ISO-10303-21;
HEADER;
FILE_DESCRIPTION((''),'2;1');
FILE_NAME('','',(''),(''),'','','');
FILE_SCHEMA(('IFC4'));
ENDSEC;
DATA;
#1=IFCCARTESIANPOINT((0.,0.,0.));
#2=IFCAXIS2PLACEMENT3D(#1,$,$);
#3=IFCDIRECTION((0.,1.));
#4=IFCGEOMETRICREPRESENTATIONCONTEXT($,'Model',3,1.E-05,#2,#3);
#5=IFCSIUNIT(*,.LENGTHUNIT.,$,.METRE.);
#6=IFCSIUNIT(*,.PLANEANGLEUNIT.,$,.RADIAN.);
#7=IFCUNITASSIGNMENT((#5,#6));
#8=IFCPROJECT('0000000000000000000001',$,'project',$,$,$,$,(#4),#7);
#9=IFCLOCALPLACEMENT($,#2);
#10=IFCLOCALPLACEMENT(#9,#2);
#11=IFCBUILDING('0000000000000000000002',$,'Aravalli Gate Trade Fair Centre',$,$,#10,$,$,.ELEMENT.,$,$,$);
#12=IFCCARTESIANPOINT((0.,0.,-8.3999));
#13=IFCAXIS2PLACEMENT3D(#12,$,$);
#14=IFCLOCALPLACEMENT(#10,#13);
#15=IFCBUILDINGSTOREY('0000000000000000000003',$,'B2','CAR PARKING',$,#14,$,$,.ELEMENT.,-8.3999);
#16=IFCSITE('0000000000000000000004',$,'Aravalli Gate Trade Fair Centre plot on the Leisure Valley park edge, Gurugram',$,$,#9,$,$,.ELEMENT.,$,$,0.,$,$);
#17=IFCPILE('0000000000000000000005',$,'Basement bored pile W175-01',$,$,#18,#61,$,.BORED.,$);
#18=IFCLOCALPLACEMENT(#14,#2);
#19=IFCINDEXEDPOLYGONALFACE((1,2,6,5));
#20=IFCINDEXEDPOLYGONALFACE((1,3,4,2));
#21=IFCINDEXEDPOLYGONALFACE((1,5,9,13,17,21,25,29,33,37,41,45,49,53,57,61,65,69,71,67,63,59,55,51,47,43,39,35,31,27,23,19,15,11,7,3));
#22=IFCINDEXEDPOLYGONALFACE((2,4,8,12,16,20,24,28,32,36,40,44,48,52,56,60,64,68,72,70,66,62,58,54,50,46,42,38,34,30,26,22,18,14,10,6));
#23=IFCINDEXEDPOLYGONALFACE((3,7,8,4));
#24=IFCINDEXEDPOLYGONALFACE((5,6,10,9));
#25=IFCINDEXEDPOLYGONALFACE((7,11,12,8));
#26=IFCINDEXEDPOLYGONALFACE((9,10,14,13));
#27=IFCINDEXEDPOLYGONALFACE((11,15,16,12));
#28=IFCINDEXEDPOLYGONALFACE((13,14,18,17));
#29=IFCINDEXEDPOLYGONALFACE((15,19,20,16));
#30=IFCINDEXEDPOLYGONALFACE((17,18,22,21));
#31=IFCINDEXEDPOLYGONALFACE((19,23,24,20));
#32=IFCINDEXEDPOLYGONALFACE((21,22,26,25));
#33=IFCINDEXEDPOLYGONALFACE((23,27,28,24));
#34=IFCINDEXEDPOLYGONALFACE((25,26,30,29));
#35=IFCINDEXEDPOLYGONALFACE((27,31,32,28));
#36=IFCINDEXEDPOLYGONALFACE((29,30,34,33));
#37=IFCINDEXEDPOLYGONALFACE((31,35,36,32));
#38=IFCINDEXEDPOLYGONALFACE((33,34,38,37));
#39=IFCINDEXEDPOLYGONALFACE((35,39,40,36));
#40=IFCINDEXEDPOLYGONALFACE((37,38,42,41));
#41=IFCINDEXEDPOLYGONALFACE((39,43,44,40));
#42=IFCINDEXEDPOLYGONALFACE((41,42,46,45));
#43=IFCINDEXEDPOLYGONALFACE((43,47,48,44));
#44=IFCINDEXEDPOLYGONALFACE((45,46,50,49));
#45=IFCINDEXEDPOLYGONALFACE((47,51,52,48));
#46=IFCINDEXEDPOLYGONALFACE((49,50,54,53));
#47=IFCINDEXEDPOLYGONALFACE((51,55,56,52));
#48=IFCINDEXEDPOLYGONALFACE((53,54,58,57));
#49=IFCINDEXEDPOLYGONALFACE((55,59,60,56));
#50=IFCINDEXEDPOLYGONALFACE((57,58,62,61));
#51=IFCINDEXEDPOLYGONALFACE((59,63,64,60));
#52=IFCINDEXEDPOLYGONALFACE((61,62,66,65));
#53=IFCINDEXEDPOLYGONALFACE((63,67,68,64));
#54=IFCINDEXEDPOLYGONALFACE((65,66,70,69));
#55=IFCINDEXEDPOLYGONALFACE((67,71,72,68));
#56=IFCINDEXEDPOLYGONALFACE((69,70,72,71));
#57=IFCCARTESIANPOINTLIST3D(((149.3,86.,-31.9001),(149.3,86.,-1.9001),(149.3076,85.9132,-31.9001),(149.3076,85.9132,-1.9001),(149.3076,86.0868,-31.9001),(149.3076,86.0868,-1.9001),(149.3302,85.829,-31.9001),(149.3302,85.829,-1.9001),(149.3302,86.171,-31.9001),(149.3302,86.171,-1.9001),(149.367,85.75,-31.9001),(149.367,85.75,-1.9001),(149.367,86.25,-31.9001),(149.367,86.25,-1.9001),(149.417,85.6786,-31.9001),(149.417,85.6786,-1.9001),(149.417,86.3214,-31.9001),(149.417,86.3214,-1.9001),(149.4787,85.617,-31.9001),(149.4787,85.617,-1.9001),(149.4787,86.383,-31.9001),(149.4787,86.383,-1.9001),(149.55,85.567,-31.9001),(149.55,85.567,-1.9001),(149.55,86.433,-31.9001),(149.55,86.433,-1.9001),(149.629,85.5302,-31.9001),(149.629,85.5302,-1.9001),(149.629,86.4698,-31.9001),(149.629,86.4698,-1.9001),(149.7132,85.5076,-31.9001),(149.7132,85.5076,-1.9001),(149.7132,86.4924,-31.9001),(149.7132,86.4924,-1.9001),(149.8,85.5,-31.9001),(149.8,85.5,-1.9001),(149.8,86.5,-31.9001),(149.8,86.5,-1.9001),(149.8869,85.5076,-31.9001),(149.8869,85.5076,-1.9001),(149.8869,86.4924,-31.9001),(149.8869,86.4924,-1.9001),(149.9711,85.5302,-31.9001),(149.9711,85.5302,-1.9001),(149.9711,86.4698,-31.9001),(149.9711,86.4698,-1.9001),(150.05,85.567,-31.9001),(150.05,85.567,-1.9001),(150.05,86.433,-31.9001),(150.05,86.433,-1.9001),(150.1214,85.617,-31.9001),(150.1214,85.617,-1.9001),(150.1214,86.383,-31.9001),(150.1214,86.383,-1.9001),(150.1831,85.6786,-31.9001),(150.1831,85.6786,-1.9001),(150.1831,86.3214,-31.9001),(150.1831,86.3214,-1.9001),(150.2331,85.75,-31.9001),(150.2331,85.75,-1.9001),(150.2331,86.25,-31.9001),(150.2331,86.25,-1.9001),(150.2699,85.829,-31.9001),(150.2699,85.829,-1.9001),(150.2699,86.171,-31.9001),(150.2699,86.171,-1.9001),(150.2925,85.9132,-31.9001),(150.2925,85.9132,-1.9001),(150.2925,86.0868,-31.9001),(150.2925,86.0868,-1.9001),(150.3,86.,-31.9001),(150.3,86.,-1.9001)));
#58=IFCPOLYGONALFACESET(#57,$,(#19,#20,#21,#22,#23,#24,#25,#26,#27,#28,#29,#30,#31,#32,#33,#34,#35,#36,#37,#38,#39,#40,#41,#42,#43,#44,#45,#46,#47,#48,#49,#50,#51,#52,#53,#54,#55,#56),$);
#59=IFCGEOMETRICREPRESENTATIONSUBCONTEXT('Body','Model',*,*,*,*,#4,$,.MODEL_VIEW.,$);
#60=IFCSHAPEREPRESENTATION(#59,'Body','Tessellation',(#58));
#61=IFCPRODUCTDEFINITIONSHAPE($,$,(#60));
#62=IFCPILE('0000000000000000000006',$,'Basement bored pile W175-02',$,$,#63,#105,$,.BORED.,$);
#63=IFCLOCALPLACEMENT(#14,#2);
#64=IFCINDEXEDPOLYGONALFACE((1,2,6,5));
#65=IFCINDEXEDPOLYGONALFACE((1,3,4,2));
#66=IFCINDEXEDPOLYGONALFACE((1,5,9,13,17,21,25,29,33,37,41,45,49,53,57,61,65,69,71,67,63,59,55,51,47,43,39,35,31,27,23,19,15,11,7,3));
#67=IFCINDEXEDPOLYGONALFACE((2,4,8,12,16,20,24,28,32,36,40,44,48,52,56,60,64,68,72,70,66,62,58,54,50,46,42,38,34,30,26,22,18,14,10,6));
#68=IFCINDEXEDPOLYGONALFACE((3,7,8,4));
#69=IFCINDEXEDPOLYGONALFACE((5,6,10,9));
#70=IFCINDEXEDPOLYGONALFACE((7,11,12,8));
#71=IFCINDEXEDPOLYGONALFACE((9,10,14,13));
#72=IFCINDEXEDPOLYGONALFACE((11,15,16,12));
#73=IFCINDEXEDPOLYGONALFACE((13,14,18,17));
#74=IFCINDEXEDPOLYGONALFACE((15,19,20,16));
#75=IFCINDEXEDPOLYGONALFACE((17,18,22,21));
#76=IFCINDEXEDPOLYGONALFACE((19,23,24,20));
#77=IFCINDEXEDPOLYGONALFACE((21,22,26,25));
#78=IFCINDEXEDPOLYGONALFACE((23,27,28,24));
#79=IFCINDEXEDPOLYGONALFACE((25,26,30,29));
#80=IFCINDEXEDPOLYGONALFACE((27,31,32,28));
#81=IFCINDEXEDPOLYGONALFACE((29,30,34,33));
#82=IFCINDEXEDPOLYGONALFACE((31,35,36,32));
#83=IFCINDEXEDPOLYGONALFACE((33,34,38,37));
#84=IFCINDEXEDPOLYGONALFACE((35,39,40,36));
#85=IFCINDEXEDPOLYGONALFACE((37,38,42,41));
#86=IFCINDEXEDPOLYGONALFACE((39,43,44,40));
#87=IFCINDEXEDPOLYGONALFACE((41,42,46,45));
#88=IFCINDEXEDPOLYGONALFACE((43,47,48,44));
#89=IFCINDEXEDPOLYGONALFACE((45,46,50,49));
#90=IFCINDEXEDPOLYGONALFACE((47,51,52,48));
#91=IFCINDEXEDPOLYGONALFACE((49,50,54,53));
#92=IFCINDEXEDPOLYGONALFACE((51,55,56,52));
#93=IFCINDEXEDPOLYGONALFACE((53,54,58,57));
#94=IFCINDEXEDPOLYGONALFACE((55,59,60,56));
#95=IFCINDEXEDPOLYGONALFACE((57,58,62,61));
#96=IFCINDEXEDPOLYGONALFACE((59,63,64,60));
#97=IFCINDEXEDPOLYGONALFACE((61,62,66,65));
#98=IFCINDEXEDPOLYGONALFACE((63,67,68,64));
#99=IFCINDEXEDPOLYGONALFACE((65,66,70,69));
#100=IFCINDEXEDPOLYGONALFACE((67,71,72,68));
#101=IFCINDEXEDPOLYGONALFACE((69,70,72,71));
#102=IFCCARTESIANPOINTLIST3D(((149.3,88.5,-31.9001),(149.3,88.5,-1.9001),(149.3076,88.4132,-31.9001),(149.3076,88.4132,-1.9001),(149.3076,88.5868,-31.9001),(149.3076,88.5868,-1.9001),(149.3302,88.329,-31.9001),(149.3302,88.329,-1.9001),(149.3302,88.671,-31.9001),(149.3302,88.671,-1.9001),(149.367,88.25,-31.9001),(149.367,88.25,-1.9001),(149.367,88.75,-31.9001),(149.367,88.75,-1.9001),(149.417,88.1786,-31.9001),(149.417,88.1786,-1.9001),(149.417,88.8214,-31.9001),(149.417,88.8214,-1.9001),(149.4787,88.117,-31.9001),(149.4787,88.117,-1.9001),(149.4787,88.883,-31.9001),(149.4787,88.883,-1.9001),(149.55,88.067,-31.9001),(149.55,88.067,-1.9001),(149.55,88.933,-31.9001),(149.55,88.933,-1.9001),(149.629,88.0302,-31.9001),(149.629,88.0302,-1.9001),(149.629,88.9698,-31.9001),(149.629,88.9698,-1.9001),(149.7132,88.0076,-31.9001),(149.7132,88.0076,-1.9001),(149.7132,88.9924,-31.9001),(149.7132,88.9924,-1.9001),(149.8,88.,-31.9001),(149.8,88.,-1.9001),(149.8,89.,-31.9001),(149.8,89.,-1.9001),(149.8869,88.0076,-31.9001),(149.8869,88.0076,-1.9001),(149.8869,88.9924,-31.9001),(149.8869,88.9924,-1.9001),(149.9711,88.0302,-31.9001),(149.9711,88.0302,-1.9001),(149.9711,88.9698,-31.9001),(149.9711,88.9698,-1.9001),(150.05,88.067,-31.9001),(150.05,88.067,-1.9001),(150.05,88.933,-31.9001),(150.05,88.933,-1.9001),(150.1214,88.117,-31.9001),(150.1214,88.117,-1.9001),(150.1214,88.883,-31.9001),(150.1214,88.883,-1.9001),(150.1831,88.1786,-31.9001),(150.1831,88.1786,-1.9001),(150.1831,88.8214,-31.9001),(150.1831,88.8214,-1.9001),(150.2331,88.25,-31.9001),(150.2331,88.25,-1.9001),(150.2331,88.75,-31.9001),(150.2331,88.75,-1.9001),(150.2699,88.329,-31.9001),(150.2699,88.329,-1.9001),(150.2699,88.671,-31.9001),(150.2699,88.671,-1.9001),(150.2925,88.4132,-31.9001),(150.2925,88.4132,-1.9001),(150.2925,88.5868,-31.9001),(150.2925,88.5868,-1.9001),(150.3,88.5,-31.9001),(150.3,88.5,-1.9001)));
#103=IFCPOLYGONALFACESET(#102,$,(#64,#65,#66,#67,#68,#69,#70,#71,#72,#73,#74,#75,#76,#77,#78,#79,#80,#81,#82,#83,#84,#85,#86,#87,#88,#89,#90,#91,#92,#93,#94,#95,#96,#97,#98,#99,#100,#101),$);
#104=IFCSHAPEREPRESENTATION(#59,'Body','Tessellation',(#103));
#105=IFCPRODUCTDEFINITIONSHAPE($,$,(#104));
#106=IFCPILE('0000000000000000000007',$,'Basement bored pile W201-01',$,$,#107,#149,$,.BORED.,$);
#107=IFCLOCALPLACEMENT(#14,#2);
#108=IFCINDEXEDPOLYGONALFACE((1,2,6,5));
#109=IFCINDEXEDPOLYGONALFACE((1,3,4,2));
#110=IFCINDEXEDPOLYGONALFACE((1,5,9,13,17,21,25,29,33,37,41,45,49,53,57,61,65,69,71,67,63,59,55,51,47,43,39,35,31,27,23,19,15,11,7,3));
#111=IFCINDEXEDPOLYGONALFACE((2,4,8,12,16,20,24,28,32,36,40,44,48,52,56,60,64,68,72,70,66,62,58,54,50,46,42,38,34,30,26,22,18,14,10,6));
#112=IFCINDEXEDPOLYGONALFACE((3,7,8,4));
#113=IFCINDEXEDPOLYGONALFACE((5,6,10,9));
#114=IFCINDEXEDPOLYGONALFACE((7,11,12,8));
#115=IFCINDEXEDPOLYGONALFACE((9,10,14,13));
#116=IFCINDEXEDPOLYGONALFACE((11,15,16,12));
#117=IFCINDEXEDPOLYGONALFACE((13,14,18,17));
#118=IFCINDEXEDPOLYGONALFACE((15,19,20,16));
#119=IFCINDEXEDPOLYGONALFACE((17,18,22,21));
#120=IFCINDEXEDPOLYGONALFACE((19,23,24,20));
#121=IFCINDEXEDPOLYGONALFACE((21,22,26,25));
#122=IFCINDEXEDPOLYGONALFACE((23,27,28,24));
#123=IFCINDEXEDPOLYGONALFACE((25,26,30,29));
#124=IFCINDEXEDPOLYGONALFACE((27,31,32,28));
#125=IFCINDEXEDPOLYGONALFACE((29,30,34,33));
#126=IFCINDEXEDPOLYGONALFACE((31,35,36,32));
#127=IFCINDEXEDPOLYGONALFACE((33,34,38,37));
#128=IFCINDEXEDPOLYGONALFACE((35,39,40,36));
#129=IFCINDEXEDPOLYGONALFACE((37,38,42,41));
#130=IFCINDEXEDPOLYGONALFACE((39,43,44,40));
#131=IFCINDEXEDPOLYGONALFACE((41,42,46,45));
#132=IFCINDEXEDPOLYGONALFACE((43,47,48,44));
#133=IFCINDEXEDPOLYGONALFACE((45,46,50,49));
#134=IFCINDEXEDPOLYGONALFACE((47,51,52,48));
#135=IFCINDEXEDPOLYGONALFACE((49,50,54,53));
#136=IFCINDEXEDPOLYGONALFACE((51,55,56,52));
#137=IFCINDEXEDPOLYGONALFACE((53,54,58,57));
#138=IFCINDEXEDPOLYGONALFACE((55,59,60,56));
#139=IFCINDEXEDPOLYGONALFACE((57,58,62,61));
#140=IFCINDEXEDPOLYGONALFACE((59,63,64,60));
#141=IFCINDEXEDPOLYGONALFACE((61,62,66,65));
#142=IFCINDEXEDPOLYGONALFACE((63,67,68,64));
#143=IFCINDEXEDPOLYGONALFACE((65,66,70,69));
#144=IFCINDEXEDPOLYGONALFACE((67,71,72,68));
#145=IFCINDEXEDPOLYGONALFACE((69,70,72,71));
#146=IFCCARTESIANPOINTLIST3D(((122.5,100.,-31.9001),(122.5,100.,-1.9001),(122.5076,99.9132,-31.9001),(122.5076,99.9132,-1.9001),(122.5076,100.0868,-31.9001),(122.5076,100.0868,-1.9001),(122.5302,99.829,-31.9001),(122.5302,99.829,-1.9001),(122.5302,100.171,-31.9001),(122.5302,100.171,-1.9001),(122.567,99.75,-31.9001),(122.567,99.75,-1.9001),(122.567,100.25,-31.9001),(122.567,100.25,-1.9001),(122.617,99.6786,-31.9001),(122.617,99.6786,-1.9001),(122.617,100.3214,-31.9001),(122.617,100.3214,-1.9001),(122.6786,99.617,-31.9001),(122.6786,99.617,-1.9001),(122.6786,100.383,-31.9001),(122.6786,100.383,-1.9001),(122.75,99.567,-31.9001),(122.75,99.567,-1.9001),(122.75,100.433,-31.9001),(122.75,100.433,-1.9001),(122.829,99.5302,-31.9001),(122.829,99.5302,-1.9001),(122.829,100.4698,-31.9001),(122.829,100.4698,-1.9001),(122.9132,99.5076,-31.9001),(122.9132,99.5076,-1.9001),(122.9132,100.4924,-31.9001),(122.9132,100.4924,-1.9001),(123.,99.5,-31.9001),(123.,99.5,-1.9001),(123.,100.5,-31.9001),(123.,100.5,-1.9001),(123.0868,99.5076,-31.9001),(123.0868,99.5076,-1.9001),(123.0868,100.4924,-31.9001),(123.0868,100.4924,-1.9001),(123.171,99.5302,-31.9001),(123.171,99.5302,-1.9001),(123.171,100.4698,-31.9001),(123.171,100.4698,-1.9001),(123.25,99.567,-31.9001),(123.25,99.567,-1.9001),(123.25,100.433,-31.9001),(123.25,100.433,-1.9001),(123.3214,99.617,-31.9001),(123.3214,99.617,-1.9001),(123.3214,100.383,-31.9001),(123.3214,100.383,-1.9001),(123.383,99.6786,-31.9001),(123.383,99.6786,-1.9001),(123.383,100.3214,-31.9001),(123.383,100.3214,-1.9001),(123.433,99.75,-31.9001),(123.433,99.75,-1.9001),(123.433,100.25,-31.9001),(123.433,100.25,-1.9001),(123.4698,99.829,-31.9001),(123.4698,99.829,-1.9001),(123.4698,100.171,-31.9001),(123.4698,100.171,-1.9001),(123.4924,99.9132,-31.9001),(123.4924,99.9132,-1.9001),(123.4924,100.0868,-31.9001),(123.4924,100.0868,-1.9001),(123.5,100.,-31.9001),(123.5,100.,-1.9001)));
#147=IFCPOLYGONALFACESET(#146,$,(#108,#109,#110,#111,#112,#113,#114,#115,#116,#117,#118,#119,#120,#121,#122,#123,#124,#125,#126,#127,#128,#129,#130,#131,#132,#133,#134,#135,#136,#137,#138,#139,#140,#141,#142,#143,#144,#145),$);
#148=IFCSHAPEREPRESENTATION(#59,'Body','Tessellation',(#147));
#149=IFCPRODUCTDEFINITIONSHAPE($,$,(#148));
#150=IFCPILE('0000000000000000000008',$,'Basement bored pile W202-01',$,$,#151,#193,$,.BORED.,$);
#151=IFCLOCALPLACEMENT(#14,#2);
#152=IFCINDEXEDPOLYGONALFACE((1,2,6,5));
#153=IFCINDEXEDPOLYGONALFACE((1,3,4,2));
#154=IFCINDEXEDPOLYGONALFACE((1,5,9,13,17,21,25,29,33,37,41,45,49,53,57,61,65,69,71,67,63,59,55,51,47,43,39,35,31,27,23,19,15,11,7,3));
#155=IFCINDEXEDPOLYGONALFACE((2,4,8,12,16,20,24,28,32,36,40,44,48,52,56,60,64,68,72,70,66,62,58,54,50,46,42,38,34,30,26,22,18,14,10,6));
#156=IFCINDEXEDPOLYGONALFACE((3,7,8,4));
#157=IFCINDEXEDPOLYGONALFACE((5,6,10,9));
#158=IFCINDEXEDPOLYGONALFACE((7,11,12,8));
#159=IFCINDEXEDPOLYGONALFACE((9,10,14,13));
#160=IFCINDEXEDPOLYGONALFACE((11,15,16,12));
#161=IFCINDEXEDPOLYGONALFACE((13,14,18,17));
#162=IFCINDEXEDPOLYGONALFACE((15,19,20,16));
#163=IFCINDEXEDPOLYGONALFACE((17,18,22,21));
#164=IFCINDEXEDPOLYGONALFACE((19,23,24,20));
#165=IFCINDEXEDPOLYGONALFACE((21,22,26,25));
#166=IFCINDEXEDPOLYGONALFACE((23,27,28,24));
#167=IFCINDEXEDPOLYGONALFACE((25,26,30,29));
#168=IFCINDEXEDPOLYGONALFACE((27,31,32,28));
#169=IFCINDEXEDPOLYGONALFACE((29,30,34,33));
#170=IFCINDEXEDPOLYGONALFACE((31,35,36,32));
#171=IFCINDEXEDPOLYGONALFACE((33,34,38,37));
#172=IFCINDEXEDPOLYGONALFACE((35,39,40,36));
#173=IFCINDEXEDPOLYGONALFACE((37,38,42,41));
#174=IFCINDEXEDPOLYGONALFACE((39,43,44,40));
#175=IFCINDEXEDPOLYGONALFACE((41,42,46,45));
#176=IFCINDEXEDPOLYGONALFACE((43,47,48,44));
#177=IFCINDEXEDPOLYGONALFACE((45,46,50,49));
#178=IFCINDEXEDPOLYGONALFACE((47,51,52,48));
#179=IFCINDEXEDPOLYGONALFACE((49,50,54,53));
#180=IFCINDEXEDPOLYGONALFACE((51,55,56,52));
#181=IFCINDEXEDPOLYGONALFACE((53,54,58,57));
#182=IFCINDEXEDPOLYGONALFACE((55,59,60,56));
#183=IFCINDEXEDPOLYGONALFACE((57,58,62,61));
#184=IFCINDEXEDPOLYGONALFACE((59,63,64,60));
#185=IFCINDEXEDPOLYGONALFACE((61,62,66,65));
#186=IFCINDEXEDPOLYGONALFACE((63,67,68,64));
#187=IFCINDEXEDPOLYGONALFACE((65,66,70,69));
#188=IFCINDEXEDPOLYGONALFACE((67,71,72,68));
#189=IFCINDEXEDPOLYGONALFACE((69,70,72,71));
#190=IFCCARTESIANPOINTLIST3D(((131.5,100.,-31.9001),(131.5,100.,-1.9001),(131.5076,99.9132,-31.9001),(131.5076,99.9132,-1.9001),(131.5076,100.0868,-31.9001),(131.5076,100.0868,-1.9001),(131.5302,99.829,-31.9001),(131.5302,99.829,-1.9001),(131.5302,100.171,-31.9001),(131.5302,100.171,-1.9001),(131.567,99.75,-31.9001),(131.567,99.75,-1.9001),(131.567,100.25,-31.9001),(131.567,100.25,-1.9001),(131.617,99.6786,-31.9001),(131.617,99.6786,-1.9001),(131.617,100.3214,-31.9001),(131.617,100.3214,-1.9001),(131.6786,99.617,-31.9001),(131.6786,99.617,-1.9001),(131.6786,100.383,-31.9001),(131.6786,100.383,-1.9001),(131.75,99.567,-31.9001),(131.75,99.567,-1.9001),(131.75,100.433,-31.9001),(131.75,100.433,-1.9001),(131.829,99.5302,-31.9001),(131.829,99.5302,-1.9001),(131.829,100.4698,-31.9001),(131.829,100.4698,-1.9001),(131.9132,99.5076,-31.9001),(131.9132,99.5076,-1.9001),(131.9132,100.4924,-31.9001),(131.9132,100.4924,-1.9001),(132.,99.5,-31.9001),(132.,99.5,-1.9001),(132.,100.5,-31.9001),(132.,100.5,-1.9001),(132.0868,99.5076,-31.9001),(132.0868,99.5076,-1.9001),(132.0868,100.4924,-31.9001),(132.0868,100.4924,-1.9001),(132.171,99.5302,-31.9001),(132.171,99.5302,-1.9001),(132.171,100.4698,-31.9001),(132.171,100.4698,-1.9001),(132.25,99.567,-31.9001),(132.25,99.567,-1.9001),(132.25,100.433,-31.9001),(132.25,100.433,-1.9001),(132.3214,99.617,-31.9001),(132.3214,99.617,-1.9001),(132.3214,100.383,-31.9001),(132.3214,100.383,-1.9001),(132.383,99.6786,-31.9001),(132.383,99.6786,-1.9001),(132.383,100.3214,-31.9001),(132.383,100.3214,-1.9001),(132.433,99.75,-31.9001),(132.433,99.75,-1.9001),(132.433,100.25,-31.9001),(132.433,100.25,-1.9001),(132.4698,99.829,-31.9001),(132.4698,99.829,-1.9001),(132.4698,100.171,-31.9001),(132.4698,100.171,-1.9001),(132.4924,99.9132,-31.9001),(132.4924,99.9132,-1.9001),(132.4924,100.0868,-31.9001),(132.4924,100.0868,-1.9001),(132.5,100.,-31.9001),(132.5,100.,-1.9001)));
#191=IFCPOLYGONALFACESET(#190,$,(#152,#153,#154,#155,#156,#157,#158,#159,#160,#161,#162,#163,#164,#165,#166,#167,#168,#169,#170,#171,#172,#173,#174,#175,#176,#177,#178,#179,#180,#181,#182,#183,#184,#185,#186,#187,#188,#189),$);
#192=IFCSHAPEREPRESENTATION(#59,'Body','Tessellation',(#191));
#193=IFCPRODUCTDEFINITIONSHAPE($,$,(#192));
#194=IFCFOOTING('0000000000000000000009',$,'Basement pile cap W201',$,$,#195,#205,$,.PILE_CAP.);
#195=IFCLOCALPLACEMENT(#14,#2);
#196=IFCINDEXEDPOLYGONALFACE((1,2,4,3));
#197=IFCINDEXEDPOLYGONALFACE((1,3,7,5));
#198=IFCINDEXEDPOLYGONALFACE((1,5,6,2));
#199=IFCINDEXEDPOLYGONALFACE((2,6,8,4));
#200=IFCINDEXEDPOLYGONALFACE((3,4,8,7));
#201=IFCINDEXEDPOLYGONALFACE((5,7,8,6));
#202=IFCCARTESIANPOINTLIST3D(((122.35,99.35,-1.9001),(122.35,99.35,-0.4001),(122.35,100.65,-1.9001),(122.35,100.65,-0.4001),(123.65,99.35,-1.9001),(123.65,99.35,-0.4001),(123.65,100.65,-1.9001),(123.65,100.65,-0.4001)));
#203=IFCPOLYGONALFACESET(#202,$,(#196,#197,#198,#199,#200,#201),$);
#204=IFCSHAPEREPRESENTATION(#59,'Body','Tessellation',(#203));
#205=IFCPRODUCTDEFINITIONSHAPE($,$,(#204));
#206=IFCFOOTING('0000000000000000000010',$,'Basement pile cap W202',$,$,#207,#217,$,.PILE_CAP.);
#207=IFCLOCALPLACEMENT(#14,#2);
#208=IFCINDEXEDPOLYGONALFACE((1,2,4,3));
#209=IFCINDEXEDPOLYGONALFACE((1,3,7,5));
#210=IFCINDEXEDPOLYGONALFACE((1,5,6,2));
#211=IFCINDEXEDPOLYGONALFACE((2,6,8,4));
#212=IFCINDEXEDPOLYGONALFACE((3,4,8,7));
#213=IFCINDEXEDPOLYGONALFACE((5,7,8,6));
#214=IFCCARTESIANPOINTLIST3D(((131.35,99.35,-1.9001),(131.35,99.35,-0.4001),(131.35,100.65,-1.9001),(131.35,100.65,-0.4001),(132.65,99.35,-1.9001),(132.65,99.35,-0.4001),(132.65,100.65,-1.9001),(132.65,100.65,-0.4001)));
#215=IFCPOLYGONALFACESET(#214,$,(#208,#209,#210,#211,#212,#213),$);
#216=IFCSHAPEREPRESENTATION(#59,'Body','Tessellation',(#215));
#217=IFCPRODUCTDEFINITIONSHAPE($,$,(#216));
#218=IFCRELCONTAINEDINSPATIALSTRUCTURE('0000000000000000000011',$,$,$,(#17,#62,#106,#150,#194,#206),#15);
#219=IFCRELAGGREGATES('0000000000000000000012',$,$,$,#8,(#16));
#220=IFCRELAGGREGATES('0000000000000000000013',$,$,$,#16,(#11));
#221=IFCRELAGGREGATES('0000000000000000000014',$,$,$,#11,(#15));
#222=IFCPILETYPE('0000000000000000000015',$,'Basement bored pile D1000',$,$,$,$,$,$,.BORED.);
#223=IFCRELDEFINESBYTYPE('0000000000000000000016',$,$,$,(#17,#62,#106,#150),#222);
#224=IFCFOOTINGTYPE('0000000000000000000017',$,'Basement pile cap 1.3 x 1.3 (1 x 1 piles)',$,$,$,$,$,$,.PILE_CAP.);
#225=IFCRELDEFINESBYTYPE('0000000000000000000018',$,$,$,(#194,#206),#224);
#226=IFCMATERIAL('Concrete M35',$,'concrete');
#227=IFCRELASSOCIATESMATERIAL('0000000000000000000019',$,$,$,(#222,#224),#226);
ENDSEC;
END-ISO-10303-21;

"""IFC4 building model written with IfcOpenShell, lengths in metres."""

from ifc_helpers import new_model, si_unit, direction, frame, origin, origin_2d, place, context, subcontext, project, spatial, rectangle, circle, extrude, material, material_profile, profile_set, type_object, element, save


model = new_model("IFC4")

# Units and contexts
model_context = context("Model", 3, precision=1e-05, world=origin(), true_north=direction((0.0, 1.0)))
body_context = subcontext(model_context, "Body", "Model", "MODEL_VIEW")
ifc_project = project(units=[si_unit("LENGTHUNIT", "METRE"), si_unit("PLANEANGLEUNIT", "RADIAN")], contexts=[model_context])

# Site, building, storey
site_placement = place(None, origin())
site = spatial("IfcSite", under=ifc_project, at=site_placement, Name="Aravalli Gate Trade Fair Centre plot on the Leisure Valley park edge, Gurugram", CompositionType="ELEMENT", RefElevation=0.0)
building_placement = place(site_placement, origin())
building = spatial("IfcBuilding", under=site, at=building_placement, Name="Aravalli Gate Trade Fair Centre", CompositionType="ELEMENT")
storey_placement = place(building_placement, frame((0.0, 0.0, -8.3999)))
storey = spatial("IfcBuildingStorey", under=building, at=storey_placement, Name="B2", Description="CAR PARKING", CompositionType="ELEMENT", Elevation=-8.3999)

# Piles
ifc_material_1 = material(Name="Concrete M35", Category="concrete")
ifc_material_profile_1 = material_profile(ifc_material_1, circle(Radius=0.5, at=origin_2d()), Name="D1000")
ifc_profile_set_1 = profile_set([ifc_material_profile_1], Name="Concrete M35")
pile_type = type_object("IfcPileType", Name="Basement bored pile D1000", PredefinedType="BORED", material=ifc_profile_set_1)
for number, where, z_axis, x_axis, name in (
    (1, (149.8, 86.0, -1.9001), (0.0, 0.0, -1.0), (1.0, 0.0, 0.0), "Basement bored pile W175-01"),
    (2, (149.8, 88.5, -1.9001), (0.0, 0.0, -1.0), (1.0, 0.0, 0.0), "Basement bored pile W175-02"),
    (3, (123.0, 100.0, -1.9001), (0.0, 0.0, -1.0), (1.0, 0.0, 0.0), "Basement bored pile W201-01"),
    (4, (132.0, 100.0, -1.9001), (0.0, 0.0, -1.0), (1.0, 0.0, 0.0), "Basement bored pile W202-01"),
):
    element("IfcPile", number, at=place(storey_placement, frame(where, z_axis=z_axis, x_axis=x_axis)), inside=storey, type_object=pile_type, Name=name, PredefinedType="BORED", context=body_context, shape_type="SweptSolid", body=[
        extrude(circle(Radius=0.5, at=origin_2d()), origin(), (0.0, 0.0, 1.0), 30.0),
    ])

# Footings
footing_type_1 = type_object("IfcFootingType", Name="Basement pile cap 1.3 x 1.3 (1 x 1 piles)", PredefinedType="PILE_CAP", material=ifc_material_1)
for number, where, z_axis, x_axis, name in (
    (5, (123.0, 100.0, -1.9001), (0.0, 0.0, 1.0), (1.0, 0.0, 0.0), "Basement pile cap W201"),
    (6, (132.0, 100.0, -1.9001), (0.0, 0.0, 1.0), (1.0, 0.0, 0.0), "Basement pile cap W202"),
):
    element("IfcFooting", number, at=place(storey_placement, frame(where, z_axis=z_axis, x_axis=x_axis)), inside=storey, type_object=footing_type_1, Name=name, PredefinedType="PILE_CAP", context=body_context, shape_type="SweptSolid", body=[
        extrude(rectangle(XDim=1.3, YDim=1.3, at=origin_2d()), origin(), (0.0, 0.0, 1.0), 1.5),
    ])

save(model, "model.ifc")
